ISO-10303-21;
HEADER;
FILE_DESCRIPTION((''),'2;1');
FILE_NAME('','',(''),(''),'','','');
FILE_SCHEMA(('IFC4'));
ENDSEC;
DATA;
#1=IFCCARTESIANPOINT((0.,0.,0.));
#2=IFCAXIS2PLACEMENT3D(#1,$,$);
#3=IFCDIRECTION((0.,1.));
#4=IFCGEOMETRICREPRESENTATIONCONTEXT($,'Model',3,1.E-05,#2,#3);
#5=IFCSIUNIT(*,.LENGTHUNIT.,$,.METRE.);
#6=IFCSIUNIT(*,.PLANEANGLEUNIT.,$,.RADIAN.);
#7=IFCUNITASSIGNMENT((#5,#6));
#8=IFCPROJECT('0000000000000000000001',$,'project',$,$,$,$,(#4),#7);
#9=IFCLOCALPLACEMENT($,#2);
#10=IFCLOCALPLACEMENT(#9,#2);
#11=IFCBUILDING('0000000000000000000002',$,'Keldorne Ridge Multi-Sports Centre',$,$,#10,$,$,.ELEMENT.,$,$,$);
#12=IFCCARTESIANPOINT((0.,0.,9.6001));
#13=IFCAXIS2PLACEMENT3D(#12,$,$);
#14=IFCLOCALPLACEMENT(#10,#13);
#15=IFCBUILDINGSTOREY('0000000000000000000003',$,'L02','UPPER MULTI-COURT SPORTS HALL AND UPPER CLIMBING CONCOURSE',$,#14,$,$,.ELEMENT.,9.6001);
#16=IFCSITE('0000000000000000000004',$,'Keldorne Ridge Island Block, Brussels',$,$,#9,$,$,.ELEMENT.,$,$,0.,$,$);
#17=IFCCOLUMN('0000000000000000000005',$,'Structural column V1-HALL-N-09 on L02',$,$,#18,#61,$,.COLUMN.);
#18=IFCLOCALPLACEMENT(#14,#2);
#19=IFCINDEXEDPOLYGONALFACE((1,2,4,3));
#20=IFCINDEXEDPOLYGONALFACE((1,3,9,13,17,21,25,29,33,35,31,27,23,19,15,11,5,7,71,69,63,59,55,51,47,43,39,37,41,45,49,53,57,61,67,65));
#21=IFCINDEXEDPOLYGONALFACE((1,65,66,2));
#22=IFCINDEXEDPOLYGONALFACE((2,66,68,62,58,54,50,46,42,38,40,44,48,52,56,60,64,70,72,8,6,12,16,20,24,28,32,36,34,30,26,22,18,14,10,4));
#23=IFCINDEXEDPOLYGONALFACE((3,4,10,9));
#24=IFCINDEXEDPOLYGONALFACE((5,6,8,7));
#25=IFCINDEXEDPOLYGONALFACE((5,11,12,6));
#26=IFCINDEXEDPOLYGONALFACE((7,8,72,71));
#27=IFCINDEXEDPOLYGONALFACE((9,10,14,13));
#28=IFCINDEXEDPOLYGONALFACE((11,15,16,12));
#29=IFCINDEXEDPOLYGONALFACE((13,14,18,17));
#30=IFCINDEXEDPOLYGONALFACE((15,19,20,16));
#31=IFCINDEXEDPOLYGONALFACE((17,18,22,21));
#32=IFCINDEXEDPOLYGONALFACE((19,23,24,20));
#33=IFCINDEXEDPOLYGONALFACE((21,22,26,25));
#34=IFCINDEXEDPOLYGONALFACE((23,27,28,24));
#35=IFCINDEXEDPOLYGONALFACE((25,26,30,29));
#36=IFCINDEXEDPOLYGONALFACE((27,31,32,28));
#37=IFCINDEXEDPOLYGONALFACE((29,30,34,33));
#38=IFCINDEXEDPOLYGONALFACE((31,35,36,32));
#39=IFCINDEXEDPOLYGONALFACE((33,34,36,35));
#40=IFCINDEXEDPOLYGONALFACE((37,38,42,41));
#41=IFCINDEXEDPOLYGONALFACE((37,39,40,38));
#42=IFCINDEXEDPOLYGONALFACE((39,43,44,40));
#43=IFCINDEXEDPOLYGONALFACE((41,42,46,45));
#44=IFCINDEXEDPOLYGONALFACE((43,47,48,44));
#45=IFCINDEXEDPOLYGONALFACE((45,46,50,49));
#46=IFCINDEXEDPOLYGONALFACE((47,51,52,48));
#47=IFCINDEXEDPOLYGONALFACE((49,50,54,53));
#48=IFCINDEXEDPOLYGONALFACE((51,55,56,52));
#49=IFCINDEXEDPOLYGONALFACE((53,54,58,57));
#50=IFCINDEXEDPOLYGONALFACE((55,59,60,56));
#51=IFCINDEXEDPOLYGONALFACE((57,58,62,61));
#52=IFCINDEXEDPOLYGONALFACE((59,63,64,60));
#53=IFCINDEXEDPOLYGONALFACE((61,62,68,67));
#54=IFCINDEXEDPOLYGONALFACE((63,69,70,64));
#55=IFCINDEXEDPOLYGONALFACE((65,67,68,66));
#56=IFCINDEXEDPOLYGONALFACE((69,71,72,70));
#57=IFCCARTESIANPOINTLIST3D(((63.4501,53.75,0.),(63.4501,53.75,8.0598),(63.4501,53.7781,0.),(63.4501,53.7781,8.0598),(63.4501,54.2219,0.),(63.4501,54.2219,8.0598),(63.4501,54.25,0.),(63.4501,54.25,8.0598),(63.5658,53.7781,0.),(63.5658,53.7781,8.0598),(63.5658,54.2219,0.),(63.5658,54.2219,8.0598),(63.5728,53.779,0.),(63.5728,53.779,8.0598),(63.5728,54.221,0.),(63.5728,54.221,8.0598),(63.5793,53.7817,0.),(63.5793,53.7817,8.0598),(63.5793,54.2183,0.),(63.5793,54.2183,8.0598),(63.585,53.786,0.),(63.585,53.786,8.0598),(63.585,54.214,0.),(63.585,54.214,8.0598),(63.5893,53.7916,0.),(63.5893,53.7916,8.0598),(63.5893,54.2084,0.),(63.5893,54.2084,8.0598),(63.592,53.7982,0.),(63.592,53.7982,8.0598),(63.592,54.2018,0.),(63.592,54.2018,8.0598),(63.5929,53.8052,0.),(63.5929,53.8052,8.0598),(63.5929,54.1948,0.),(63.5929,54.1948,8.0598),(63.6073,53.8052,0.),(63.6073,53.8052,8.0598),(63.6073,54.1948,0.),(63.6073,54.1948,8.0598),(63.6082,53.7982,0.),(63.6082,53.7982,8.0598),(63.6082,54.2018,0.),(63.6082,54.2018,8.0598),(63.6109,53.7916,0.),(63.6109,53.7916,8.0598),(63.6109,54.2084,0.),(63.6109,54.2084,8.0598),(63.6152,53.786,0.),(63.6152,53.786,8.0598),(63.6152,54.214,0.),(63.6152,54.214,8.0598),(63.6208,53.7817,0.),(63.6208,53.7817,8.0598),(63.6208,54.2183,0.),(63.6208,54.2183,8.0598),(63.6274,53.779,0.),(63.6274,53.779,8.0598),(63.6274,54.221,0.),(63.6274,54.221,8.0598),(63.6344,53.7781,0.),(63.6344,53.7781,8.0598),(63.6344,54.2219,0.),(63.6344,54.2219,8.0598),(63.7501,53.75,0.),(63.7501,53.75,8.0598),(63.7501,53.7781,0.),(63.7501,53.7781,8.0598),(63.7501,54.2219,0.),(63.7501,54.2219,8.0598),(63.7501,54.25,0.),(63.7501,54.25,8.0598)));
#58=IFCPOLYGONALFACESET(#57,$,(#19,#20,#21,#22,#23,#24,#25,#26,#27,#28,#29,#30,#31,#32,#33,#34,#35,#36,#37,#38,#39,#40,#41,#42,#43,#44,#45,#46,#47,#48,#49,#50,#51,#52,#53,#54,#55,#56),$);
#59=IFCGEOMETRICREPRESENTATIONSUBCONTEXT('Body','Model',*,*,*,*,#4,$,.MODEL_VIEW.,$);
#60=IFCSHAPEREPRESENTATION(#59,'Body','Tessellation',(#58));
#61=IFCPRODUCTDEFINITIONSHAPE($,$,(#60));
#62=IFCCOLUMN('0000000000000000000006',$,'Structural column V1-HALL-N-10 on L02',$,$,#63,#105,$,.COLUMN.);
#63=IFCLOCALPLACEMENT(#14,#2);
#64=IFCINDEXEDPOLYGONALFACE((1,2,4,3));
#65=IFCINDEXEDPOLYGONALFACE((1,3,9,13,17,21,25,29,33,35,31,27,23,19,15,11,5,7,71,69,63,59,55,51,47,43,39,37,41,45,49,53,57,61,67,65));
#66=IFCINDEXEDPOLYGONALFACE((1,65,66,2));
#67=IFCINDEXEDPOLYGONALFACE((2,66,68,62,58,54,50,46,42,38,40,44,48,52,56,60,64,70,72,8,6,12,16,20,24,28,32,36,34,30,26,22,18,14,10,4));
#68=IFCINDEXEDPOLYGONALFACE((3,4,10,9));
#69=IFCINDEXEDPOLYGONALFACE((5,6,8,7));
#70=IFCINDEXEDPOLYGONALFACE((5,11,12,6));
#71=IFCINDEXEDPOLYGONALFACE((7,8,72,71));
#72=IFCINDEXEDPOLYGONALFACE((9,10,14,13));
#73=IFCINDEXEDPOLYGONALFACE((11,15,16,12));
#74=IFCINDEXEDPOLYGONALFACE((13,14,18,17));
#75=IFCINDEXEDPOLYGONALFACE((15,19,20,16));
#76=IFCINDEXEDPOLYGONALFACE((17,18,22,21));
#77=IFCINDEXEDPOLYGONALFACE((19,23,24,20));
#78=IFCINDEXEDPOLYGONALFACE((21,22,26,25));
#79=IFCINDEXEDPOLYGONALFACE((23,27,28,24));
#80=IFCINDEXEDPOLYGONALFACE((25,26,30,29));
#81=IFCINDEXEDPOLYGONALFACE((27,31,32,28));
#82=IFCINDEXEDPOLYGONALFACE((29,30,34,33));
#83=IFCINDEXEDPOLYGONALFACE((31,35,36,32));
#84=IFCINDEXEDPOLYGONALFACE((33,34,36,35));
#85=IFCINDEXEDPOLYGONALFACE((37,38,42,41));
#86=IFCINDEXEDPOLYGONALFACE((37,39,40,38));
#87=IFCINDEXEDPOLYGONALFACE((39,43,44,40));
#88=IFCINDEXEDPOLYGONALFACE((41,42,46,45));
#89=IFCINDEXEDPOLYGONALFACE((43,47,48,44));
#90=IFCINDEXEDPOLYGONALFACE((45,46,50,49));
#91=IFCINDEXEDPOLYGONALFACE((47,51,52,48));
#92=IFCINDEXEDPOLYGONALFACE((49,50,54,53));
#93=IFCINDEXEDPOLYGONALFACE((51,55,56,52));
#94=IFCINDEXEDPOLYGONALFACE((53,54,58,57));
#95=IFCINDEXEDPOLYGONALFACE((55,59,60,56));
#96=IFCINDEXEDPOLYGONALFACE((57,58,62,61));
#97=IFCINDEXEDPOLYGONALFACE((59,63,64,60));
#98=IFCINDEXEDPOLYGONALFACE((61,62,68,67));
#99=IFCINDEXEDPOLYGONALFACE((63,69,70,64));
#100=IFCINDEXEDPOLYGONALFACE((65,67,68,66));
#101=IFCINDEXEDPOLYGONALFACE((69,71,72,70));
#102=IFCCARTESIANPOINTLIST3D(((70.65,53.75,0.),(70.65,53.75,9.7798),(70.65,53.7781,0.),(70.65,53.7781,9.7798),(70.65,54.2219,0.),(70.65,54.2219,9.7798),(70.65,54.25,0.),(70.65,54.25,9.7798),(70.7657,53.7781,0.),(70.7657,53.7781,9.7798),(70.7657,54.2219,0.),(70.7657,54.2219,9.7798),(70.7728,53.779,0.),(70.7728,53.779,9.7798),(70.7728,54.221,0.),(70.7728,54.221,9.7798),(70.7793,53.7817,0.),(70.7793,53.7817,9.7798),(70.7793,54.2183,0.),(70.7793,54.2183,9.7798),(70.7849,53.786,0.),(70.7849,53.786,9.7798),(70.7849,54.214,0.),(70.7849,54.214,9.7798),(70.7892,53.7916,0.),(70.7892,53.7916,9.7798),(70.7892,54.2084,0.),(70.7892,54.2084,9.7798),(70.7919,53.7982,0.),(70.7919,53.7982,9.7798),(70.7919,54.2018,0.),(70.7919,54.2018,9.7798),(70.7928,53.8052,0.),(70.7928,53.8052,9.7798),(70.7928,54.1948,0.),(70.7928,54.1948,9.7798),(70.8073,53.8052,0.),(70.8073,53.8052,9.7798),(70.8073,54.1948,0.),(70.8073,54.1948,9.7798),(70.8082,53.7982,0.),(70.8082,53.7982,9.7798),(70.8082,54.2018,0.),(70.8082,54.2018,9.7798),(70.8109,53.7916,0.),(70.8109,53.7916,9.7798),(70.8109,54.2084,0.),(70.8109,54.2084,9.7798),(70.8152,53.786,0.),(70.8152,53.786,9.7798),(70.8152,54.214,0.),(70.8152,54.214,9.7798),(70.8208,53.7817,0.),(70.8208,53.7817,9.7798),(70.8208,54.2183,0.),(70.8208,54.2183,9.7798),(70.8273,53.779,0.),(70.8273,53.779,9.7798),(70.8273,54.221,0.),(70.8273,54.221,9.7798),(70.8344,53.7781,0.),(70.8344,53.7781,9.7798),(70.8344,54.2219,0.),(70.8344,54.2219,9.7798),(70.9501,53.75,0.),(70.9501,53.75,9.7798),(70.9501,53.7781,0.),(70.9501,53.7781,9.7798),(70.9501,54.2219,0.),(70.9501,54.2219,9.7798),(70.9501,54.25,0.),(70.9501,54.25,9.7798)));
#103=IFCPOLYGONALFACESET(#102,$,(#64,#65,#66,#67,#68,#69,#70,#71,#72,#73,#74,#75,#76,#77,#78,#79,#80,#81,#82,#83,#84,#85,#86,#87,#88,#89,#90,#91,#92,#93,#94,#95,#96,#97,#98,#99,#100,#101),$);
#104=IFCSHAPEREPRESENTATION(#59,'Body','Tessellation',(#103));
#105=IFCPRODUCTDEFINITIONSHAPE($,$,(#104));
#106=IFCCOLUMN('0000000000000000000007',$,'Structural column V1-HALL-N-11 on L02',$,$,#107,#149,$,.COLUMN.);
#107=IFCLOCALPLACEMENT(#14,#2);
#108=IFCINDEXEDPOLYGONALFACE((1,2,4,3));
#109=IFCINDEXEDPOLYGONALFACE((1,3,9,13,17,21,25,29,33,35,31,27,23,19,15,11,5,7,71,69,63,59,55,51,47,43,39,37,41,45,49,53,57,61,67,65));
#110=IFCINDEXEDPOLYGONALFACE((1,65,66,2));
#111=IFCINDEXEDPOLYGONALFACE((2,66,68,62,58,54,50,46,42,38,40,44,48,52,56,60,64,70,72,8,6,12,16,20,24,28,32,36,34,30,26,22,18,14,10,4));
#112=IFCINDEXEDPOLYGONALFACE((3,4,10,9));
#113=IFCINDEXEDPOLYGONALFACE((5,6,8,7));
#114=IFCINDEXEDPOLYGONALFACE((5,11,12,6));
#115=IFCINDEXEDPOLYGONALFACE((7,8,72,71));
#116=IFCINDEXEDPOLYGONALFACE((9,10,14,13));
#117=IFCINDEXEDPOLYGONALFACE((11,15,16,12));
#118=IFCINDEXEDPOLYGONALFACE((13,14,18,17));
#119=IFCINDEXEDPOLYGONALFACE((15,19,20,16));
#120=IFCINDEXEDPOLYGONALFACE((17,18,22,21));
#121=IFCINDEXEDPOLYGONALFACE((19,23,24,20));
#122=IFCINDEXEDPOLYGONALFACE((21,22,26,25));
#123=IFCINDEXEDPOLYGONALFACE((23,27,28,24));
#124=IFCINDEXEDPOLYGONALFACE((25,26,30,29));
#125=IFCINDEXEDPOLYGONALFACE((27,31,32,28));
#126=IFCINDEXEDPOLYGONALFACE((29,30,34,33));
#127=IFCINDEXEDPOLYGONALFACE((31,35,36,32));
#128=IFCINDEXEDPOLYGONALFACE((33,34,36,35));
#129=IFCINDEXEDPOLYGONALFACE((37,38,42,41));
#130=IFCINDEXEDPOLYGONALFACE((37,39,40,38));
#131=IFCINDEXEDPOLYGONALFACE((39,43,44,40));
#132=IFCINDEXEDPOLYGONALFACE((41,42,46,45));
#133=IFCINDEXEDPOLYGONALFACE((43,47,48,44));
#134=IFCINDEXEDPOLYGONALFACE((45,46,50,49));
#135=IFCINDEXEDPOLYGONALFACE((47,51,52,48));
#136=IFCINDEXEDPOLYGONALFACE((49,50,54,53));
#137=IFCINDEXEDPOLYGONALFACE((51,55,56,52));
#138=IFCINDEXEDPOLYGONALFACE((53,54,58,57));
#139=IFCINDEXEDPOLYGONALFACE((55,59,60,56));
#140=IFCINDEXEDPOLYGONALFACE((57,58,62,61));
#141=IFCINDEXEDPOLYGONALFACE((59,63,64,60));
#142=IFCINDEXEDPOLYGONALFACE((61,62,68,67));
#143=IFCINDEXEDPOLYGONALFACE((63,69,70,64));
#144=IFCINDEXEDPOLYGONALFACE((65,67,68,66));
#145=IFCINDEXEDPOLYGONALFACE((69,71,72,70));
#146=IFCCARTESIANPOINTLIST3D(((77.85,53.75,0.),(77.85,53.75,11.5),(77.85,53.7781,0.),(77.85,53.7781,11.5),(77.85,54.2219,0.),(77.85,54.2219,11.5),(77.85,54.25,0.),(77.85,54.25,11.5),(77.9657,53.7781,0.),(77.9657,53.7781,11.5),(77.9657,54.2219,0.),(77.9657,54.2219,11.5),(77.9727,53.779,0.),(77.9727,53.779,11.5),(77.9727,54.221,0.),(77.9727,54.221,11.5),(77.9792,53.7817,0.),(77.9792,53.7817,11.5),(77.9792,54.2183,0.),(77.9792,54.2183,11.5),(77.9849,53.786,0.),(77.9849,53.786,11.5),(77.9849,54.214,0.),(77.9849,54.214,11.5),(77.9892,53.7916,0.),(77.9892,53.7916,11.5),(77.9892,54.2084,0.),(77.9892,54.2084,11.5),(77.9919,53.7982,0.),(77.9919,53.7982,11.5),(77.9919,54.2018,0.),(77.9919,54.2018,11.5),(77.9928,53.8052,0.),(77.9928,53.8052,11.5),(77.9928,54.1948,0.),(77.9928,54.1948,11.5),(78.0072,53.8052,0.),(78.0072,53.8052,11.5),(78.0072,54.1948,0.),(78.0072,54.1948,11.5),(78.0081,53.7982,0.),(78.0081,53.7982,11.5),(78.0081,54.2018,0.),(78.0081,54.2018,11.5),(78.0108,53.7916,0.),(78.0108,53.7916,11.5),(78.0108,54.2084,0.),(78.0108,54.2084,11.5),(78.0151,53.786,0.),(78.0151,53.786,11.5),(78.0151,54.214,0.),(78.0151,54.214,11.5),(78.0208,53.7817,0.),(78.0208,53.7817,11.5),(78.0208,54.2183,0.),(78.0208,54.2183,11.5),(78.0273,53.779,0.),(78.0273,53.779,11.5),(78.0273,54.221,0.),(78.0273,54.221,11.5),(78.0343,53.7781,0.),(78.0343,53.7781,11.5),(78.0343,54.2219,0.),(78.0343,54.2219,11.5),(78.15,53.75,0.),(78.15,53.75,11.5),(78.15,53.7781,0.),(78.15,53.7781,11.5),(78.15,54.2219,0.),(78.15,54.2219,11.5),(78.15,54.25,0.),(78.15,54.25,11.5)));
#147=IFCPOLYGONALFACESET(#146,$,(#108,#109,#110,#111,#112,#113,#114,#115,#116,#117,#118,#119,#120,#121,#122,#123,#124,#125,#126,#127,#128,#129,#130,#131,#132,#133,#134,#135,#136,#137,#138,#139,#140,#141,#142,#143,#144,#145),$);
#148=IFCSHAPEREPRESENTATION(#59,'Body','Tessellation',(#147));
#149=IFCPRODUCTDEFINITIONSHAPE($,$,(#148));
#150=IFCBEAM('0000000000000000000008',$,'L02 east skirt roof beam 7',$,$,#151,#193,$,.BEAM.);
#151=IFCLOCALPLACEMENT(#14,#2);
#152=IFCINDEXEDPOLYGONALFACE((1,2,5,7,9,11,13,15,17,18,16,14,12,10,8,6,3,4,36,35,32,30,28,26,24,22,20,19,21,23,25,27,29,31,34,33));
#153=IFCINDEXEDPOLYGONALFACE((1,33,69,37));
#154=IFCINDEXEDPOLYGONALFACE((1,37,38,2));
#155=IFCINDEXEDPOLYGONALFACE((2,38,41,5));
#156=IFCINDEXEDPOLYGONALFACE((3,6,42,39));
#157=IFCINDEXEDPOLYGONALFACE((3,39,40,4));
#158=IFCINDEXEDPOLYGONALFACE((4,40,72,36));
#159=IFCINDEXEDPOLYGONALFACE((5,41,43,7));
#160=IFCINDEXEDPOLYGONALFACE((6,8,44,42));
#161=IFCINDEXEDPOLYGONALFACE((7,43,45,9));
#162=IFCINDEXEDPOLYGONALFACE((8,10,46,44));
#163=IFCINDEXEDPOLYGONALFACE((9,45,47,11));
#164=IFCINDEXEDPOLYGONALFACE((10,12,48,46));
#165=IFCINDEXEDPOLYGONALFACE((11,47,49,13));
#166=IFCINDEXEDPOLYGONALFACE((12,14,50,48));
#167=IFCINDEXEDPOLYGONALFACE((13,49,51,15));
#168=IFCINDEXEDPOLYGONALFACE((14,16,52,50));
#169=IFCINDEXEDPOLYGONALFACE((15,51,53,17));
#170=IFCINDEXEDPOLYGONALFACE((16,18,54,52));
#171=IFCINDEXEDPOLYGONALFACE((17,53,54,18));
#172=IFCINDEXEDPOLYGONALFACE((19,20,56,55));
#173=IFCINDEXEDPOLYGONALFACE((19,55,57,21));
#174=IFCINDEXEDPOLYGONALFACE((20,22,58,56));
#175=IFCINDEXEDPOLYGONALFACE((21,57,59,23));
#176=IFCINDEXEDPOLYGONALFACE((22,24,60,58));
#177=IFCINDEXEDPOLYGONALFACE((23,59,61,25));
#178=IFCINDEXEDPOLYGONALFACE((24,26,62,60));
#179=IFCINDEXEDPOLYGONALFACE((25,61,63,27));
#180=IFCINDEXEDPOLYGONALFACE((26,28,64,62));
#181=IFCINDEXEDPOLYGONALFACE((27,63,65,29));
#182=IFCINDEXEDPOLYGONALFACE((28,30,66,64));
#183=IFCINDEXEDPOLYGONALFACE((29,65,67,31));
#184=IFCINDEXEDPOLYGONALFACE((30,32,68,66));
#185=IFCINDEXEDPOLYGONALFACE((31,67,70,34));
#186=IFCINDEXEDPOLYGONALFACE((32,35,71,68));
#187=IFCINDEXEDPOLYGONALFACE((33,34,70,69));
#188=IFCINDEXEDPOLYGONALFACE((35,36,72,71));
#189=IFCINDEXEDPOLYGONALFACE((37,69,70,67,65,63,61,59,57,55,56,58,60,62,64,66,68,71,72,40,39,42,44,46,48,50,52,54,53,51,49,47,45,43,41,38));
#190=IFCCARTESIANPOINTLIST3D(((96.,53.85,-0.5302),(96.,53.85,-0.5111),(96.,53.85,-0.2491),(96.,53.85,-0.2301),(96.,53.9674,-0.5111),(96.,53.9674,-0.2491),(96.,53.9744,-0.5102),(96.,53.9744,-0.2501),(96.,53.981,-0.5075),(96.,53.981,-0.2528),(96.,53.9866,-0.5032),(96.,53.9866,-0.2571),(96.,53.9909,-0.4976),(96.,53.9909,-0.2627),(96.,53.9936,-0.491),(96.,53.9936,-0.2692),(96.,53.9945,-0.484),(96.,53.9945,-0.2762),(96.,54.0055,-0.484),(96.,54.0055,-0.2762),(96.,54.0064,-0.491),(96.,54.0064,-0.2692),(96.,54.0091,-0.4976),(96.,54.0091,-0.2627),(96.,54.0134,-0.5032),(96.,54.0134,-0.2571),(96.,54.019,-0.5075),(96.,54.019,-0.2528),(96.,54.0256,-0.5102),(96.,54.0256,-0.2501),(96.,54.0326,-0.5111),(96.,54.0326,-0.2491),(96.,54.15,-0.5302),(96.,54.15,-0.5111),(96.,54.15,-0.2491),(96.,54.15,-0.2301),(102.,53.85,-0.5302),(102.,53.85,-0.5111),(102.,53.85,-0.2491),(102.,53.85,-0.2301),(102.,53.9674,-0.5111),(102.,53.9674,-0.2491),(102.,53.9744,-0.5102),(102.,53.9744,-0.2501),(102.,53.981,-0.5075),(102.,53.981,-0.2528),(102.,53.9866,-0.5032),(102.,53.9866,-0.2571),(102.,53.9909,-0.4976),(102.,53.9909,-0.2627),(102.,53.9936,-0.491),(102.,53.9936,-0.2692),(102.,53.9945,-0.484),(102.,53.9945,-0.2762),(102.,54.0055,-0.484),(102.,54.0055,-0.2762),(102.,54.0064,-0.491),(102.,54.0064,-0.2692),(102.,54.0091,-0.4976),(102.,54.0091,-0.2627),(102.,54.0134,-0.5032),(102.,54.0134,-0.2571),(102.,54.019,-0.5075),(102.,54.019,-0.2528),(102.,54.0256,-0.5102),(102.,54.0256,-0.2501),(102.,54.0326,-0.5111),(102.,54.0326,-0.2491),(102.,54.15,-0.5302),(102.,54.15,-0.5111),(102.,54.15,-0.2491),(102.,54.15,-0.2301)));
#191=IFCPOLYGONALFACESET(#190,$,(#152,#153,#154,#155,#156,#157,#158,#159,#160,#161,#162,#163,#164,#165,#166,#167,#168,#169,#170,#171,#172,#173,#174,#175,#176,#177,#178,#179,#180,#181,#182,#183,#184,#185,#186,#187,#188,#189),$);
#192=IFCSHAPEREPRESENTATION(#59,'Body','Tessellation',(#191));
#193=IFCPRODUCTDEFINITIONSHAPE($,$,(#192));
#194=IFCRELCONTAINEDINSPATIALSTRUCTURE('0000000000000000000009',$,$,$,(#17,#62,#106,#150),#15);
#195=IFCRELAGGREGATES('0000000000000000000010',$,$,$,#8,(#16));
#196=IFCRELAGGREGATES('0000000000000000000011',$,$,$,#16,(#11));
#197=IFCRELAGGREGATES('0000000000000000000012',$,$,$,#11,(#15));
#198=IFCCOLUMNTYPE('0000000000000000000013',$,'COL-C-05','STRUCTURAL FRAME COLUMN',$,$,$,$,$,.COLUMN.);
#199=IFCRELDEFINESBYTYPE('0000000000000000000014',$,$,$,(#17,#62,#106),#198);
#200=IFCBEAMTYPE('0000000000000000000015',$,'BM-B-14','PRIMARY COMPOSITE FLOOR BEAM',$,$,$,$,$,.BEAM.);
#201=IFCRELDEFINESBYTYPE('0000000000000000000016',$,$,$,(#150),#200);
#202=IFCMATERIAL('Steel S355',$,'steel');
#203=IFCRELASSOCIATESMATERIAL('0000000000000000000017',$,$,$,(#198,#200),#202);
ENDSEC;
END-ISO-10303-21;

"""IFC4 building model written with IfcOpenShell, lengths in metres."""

from ifc_helpers import new_model, si_unit, direction, frame, origin, origin_2d, place, context, subcontext, project, spatial, i_section, extrude, material, material_profile, profile_set, type_object, element, save


model = new_model("IFC4")

# Units and contexts
model_context = context("Model", 3, precision=1e-05, world=origin(), true_north=direction((0.0, 1.0)))
body_context = subcontext(model_context, "Body", "Model", "MODEL_VIEW")
ifc_project = project(units=[si_unit("LENGTHUNIT", "METRE"), si_unit("PLANEANGLEUNIT", "RADIAN")], contexts=[model_context])

# Site, building, storey
site_placement = place(None, origin())
site = spatial("IfcSite", under=ifc_project, at=site_placement, Name="Keldorne Ridge Island Block, Brussels", CompositionType="ELEMENT", RefElevation=0.0)
building_placement = place(site_placement, origin())
building = spatial("IfcBuilding", under=site, at=building_placement, Name="Keldorne Ridge Multi-Sports Centre", CompositionType="ELEMENT")
storey_placement = place(building_placement, frame((0.0, 0.0, 9.6001)))
storey = spatial("IfcBuildingStorey", under=building, at=storey_placement, Name="L02", Description="UPPER MULTI-COURT SPORTS HALL AND UPPER CLIMBING CONCOURSE", CompositionType="ELEMENT", Elevation=9.6001)

# Columns
ifc_material = material(Name="Steel S355", Category="steel")
ifc_material_profile_1 = material_profile(ifc_material, i_section(OverallWidth=0.3, OverallDepth=0.5, WebThickness=0.0144, FlangeThickness=0.0281, FilletRadius=0.0271, at=origin_2d()), Name="HEB 500")
ifc_profile_set_1 = profile_set([ifc_material_profile_1], Name="Steel S355")
column_type = type_object("IfcColumnType", Name="COL-C-05", Description="STRUCTURAL FRAME COLUMN", PredefinedType="COLUMN", material=ifc_profile_set_1)
column_1_placement = place(storey_placement, frame((63.6001, 54.0, 0.0), z_axis=(0.0, 0.0, 1.0), x_axis=(1.0, 0.0, 0.0)))
element("IfcColumn", 1, at=column_1_placement, inside=storey, type_object=column_type, Name="Structural column V1-HALL-N-09 on L02", PredefinedType="COLUMN", context=body_context, shape_type="SweptSolid", body=[
    extrude(i_section(OverallWidth=0.3, OverallDepth=0.5, WebThickness=0.0144, FlangeThickness=0.0281, FilletRadius=0.0271, at=origin_2d()), origin(), (0.0, 0.0, 1.0), 8.0598),
])
column_2_placement = place(storey_placement, frame((70.8, 54.0, 0.0), z_axis=(0.0, 0.0, 1.0), x_axis=(1.0, 0.0, 0.0)))
element("IfcColumn", 2, at=column_2_placement, inside=storey, type_object=column_type, Name="Structural column V1-HALL-N-10 on L02", PredefinedType="COLUMN", context=body_context, shape_type="SweptSolid", body=[
    extrude(i_section(OverallWidth=0.3, OverallDepth=0.5, WebThickness=0.0144, FlangeThickness=0.0281, FilletRadius=0.0271, at=origin_2d()), origin(), (0.0, 0.0, 1.0), 9.7798),
])
column_3_placement = place(storey_placement, frame((78.0, 54.0, 0.0), z_axis=(0.0, 0.0, 1.0), x_axis=(1.0, 0.0, 0.0)))
element("IfcColumn", 3, at=column_3_placement, inside=storey, type_object=column_type, Name="Structural column V1-HALL-N-11 on L02", PredefinedType="COLUMN", context=body_context, shape_type="SweptSolid", body=[
    extrude(i_section(OverallWidth=0.3, OverallDepth=0.5, WebThickness=0.0144, FlangeThickness=0.0281, FilletRadius=0.0271, at=origin_2d()), origin(), (0.0, 0.0, 1.0), 11.5),
])

# Beam
ifc_material_profile_2 = material_profile(ifc_material, i_section(OverallWidth=0.3, OverallDepth=0.3, WebThickness=0.011, FlangeThickness=0.019, FilletRadius=0.0271, at=origin_2d()), Name="HEB 300")
ifc_profile_set_2 = profile_set([ifc_material_profile_2], Name="Steel S355")
beam_type_1 = type_object("IfcBeamType", Name="BM-B-14", Description="PRIMARY COMPOSITE FLOOR BEAM", PredefinedType="BEAM", material=ifc_profile_set_2)
for number, where, z_axis, x_axis, name in (
    (4, (96.0, 54.0, -0.3801), (1.0, 0.0, 0.0), (0.0, 1.0, 0.0), "L02 east skirt roof beam 7"),
):
    element("IfcBeam", number, at=place(storey_placement, frame(where, z_axis=z_axis, x_axis=x_axis)), inside=storey, type_object=beam_type_1, Name=name, PredefinedType="BEAM", context=body_context, shape_type="SweptSolid", body=[
        extrude(i_section(OverallWidth=0.3, OverallDepth=0.3, WebThickness=0.011, FlangeThickness=0.019, FilletRadius=0.0271, at=origin_2d()), origin(), (0.0, 0.0, 1.0), 6.0),
    ])

save(model, "model.ifc")
